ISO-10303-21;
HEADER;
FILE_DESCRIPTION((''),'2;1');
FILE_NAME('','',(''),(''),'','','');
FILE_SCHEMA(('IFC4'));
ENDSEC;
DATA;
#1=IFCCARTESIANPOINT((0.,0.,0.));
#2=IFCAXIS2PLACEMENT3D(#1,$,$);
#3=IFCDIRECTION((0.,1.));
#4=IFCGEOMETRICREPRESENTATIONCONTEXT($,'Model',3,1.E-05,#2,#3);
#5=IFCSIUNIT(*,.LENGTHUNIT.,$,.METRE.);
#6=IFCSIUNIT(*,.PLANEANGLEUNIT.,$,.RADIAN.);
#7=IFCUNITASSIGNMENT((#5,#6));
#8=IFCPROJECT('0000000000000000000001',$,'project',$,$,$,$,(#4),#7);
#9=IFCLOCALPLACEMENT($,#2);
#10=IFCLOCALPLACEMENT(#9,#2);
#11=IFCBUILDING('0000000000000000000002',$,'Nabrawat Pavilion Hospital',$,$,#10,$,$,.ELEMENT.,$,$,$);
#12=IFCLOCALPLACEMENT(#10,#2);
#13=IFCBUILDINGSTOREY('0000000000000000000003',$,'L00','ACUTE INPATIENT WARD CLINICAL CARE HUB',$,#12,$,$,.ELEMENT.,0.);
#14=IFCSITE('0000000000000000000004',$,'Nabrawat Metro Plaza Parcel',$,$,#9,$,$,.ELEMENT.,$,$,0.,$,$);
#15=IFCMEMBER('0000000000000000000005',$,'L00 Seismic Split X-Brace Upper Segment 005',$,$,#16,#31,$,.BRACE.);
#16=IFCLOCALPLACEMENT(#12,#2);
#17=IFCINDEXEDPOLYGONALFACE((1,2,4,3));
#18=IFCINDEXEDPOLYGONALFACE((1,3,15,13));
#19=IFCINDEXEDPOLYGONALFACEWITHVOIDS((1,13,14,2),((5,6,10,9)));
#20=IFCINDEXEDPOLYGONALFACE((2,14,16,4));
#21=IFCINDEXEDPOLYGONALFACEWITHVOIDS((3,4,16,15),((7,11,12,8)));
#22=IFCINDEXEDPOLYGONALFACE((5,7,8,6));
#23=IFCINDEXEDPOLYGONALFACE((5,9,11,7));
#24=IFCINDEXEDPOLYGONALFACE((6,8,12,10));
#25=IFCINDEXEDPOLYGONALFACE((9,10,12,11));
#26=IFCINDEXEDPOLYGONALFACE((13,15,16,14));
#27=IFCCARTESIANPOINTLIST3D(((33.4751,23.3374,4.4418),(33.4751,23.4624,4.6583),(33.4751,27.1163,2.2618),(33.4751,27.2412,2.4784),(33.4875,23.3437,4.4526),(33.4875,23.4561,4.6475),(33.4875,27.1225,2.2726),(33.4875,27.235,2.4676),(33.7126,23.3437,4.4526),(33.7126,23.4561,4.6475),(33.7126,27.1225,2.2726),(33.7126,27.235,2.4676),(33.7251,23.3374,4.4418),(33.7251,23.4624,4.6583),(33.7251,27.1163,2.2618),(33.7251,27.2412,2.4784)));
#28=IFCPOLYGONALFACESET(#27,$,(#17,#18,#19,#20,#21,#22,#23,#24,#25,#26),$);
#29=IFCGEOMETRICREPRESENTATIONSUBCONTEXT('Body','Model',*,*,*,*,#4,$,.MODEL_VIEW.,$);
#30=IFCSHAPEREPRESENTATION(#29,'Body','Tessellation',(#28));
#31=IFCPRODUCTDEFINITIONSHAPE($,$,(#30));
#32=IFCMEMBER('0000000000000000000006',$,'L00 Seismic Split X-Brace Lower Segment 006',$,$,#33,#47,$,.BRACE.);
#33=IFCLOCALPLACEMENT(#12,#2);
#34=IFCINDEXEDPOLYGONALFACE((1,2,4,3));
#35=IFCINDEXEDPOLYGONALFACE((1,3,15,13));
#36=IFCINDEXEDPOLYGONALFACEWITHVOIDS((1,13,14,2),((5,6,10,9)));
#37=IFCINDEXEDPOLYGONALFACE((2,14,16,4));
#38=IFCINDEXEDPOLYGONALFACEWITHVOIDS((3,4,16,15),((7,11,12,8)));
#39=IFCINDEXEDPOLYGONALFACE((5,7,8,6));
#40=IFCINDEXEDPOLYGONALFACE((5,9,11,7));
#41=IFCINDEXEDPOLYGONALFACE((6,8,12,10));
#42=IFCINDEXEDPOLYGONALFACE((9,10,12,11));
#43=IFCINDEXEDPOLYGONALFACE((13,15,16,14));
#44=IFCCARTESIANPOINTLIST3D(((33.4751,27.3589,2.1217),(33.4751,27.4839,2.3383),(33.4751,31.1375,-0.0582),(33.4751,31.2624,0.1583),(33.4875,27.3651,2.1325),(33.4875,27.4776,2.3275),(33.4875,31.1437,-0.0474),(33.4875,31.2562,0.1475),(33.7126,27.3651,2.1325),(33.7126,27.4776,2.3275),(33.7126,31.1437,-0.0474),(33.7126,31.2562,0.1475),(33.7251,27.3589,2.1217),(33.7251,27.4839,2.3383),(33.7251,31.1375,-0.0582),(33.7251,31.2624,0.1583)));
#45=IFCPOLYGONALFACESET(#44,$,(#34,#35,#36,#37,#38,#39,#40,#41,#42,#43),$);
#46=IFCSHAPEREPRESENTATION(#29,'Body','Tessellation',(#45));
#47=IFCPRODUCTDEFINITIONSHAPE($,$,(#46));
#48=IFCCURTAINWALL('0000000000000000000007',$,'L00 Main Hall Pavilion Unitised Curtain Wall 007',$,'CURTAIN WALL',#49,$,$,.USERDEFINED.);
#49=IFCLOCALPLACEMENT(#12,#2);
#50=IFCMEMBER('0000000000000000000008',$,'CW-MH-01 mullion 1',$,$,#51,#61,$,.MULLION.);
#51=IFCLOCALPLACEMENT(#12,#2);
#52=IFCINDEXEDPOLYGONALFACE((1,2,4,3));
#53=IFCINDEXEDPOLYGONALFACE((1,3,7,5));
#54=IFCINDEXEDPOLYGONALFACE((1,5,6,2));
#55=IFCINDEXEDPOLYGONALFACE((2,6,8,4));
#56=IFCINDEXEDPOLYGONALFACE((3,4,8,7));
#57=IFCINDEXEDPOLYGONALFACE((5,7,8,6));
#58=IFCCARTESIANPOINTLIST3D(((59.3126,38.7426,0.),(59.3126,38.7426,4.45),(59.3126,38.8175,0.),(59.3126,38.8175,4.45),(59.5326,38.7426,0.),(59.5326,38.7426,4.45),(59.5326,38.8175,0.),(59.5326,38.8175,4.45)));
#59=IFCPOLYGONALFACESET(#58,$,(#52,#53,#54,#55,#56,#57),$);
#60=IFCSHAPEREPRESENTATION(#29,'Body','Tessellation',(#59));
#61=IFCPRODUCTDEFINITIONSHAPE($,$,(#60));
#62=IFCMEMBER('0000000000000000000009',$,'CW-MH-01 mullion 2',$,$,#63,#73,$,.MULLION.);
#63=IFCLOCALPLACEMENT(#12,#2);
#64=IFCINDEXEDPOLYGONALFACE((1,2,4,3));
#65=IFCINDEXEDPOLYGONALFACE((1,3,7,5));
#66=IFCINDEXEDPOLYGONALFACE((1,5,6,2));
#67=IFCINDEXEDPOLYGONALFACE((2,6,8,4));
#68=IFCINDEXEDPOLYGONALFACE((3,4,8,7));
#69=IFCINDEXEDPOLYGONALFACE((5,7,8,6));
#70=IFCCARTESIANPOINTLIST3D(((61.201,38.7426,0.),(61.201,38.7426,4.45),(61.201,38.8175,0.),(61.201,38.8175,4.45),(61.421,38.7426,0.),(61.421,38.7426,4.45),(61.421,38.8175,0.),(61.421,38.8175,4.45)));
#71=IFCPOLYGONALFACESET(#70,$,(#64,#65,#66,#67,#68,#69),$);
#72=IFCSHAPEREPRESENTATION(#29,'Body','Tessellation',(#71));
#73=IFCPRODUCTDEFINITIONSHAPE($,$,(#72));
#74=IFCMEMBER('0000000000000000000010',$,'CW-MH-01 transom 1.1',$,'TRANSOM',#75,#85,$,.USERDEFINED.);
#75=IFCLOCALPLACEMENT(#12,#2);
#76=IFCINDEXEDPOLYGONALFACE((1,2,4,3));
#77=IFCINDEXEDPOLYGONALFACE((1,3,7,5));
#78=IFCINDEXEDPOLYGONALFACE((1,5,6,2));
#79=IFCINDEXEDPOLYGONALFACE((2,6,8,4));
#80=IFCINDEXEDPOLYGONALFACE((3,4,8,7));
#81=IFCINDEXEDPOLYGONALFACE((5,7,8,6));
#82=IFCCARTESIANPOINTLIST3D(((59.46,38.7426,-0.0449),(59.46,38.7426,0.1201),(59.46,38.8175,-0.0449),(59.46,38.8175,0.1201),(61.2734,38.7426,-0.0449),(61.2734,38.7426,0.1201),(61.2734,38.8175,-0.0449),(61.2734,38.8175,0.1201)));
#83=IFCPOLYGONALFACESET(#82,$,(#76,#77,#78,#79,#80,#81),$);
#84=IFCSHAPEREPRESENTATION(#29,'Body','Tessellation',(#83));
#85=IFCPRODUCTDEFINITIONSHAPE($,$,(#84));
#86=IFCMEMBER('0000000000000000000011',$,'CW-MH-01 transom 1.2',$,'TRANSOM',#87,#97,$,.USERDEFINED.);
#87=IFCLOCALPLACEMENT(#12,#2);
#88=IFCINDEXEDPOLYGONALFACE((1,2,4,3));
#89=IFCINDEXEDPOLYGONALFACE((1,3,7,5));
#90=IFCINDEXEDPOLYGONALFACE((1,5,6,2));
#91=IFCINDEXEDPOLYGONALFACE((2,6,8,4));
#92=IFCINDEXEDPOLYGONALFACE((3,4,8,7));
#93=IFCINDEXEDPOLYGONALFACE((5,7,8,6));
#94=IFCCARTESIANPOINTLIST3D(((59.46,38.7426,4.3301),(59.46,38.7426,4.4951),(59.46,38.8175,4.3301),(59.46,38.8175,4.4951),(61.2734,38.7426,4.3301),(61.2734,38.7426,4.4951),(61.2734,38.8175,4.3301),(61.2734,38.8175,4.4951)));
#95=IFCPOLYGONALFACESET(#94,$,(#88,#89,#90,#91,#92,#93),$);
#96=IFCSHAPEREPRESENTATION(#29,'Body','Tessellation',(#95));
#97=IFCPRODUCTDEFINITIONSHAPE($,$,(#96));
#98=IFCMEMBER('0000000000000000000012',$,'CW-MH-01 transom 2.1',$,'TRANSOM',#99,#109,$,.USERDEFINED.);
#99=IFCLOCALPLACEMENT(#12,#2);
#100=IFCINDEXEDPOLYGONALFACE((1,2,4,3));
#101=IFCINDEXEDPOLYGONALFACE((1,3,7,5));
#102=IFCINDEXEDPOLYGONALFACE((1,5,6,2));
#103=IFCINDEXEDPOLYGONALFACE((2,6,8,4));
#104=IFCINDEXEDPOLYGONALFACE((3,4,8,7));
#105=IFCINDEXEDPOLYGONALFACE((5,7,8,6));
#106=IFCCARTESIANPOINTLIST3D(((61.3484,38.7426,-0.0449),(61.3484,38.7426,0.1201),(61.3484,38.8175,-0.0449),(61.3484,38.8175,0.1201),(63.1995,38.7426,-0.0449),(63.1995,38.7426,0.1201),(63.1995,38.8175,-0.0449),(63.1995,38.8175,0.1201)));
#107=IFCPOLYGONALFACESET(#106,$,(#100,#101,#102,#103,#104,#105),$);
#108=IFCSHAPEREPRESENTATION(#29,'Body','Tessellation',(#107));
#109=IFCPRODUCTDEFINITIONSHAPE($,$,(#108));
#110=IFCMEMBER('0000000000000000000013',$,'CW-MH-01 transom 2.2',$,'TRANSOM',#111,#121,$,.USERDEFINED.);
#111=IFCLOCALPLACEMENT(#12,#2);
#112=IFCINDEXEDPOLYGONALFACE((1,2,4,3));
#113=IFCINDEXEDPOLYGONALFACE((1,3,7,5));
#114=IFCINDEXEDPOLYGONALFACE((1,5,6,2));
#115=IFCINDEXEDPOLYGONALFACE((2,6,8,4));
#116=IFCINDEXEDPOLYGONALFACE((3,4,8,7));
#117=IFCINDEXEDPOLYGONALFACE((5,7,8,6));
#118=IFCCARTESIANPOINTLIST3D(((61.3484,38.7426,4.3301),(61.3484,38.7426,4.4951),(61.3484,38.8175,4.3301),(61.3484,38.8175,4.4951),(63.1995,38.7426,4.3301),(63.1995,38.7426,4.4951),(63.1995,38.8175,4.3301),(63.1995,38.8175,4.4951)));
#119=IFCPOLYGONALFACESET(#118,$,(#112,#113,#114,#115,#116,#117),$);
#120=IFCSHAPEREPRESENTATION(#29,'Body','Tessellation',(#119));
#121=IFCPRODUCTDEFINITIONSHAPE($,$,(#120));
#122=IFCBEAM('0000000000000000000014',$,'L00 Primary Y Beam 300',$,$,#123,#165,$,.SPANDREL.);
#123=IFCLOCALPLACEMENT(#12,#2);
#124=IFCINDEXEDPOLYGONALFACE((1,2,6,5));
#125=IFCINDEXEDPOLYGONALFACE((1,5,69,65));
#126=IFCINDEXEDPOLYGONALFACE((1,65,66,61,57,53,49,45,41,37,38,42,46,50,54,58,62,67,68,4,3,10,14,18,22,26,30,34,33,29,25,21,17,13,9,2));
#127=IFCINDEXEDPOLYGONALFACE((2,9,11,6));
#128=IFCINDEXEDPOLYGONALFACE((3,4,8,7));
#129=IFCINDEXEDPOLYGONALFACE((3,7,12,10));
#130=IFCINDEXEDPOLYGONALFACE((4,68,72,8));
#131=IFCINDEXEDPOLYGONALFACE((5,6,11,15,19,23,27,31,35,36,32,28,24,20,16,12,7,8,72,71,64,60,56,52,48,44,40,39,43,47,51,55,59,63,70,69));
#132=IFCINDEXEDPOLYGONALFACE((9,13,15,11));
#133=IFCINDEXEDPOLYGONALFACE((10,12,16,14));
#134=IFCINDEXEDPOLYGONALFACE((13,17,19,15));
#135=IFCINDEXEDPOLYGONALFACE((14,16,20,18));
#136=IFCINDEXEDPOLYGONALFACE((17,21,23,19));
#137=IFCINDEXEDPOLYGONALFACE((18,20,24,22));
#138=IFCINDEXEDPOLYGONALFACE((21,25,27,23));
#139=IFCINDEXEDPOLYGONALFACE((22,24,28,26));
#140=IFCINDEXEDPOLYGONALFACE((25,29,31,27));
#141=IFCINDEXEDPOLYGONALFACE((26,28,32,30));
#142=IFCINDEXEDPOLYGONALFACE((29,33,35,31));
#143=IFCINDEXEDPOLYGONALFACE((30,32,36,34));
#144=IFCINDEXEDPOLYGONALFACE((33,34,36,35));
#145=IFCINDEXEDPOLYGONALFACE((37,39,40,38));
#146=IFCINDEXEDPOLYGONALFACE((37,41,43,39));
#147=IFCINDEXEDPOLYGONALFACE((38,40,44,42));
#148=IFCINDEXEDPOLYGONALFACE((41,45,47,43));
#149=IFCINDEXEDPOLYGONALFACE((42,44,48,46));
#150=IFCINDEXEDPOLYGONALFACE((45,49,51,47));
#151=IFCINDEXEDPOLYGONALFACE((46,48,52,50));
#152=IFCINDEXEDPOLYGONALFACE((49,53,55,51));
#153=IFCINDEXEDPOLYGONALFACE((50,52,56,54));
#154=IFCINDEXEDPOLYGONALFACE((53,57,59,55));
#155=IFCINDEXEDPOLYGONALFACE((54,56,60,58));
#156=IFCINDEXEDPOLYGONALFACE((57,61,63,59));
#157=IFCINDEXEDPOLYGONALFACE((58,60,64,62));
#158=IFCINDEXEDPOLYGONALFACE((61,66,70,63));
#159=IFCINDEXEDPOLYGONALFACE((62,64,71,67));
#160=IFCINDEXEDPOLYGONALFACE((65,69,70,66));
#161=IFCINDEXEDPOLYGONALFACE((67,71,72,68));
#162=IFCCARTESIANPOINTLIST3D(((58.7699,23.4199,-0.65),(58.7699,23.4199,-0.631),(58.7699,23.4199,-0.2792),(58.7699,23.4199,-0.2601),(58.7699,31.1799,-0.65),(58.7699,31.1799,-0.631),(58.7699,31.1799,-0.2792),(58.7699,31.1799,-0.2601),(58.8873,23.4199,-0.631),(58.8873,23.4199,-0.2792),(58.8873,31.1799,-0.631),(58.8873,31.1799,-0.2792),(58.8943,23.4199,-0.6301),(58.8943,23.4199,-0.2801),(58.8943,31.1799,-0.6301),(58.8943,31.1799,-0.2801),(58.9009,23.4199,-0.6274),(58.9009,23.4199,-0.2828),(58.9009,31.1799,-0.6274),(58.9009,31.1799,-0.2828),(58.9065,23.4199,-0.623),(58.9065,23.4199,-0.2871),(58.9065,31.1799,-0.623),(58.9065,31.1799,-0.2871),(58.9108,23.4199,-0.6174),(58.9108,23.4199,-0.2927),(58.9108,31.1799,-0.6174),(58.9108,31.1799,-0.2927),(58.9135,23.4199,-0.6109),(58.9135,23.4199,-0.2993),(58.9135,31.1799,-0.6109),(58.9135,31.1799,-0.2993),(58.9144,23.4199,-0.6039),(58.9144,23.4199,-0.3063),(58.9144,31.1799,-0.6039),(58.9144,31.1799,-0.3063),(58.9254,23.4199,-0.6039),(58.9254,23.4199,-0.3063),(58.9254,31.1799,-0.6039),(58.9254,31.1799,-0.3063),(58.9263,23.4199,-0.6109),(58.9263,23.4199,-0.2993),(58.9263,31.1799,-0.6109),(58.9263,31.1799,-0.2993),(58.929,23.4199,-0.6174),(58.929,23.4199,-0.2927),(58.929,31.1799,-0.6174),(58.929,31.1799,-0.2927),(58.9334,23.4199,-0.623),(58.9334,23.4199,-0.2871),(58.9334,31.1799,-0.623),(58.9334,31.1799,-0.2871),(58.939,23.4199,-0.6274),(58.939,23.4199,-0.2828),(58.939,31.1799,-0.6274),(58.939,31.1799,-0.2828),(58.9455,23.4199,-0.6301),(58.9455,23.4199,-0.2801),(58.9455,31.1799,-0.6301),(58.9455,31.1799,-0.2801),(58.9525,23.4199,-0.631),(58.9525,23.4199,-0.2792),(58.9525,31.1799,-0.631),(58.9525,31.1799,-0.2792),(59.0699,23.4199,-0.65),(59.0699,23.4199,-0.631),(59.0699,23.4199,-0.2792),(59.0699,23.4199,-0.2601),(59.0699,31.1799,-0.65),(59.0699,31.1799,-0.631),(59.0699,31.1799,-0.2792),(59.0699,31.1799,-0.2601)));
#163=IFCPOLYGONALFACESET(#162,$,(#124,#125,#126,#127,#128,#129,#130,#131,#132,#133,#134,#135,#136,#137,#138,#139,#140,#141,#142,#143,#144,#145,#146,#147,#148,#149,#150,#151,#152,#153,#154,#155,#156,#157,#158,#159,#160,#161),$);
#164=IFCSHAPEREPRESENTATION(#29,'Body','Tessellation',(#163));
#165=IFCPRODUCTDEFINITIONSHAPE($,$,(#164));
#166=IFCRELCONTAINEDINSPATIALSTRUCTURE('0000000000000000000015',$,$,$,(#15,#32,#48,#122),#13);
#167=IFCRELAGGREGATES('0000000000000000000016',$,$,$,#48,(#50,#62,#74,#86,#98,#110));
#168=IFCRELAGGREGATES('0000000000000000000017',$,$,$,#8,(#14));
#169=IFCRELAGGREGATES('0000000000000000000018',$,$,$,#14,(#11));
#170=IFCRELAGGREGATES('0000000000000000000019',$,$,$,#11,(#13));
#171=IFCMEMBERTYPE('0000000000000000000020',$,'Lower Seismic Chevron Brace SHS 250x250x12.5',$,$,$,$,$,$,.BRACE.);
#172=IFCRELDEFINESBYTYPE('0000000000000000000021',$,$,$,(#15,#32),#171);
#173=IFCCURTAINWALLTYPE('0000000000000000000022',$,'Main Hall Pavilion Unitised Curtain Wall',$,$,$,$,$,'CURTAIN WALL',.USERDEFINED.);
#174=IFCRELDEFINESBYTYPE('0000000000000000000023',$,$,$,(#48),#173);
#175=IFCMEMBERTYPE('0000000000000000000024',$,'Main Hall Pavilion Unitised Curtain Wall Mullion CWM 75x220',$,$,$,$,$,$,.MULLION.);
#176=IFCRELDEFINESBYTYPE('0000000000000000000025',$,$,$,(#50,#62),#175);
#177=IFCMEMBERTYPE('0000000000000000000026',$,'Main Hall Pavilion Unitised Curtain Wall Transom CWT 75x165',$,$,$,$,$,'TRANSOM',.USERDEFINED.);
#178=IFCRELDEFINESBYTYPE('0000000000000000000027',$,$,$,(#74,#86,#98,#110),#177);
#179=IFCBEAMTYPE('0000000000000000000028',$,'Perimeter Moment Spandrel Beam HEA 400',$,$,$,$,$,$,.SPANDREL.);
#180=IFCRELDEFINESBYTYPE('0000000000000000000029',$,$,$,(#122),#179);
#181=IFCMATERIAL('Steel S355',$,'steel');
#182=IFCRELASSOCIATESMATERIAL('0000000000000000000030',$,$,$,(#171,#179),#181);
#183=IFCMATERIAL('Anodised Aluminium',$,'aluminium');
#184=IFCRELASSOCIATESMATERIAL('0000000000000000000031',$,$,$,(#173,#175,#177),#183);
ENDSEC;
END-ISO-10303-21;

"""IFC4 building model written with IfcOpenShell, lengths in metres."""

from ifc_helpers import new_model, si_unit, direction, frame, origin, origin_2d, place, context, subcontext, project, spatial, rectangle, hollow_rectangle, i_section, extrude, material, material_profile, profile_set, type_object, element, aggregate, save


model = new_model("IFC4")

# Units and contexts
model_context = context("Model", 3, precision=1e-05, world=origin(), true_north=direction((0.0, 1.0)))
body_context = subcontext(model_context, "Body", "Model", "MODEL_VIEW")
ifc_project = project(units=[si_unit("LENGTHUNIT", "METRE"), si_unit("PLANEANGLEUNIT", "RADIAN")], contexts=[model_context])

# Site, building, storey
site_placement = place(None, origin())
site = spatial("IfcSite", under=ifc_project, at=site_placement, Name="Nabrawat Metro Plaza Parcel", CompositionType="ELEMENT", RefElevation=0.0)
building_placement = place(site_placement, origin())
building = spatial("IfcBuilding", under=site, at=building_placement, Name="Nabrawat Pavilion Hospital", CompositionType="ELEMENT")
storey_placement = place(building_placement, origin())
storey = spatial("IfcBuildingStorey", under=building, at=storey_placement, Name="L00", Description="ACUTE INPATIENT WARD CLINICAL CARE HUB", CompositionType="ELEMENT", Elevation=0.0)

# Shared definitions
ifc_material_1 = material(Name="Steel S355", Category="steel")

# Members
ifc_material_profile_1 = material_profile(ifc_material_1, hollow_rectangle(XDim=0.25, YDim=0.25, WallThickness=0.0125, at=origin_2d()), Name="SHS 250x250x12.5")
ifc_profile_set_1 = profile_set([ifc_material_profile_1], Name="Steel S355")
member_type_1 = type_object("IfcMemberType", Name="Lower Seismic Chevron Brace SHS 250x250x12.5", PredefinedType="BRACE", material=ifc_profile_set_1)
member_1_placement = place(storey_placement, frame((33.6001, 23.3999, 4.55), z_axis=(0.0, 0.8662, -0.499697), x_axis=(-1.0, 0.0, 0.0)))
element("IfcMember", 1, at=member_1_placement, inside=storey, type_object=member_type_1, Name="L00 Seismic Split X-Brace Upper Segment 005", PredefinedType="BRACE", context=body_context, shape_type="SweptSolid", body=[
    extrude(hollow_rectangle(XDim=0.25, YDim=0.25, WallThickness=0.0125, at=origin_2d()), origin(), (0.0, 0.0, 1.0), 4.3625),
])
member_2_placement = place(storey_placement, frame((33.6001, 27.4214, 2.23), z_axis=(0.0, 0.866187, -0.499721), x_axis=(-1.0, 0.0, 0.0)))
element("IfcMember", 2, at=member_2_placement, inside=storey, type_object=member_type_1, Name="L00 Seismic Split X-Brace Lower Segment 006", PredefinedType="BRACE", context=body_context, shape_type="SweptSolid", body=[
    extrude(hollow_rectangle(XDim=0.25, YDim=0.25, WallThickness=0.0125, at=origin_2d()), origin(), (0.0, 0.0, 1.0), 4.3623),
])

# Curtain wall, members
ifc_material_2 = material(Name="Anodised Aluminium", Category="aluminium")
curtain_wall_type = type_object("IfcCurtainWallType", Name="Main Hall Pavilion Unitised Curtain Wall", ElementType="CURTAIN WALL", PredefinedType="USERDEFINED", material=ifc_material_2)
curtain_wall_placement = place(storey_placement, origin())
curtain_wall = element("IfcCurtainWall", 3, at=curtain_wall_placement, inside=storey, type_object=curtain_wall_type, Name="L00 Main Hall Pavilion Unitised Curtain Wall 007", ObjectType="CURTAIN WALL", PredefinedType="USERDEFINED")
ifc_material_profile_2 = material_profile(ifc_material_2, rectangle(XDim=0.075, YDim=0.22, at=origin_2d()), Name="CWM 75x220")
ifc_profile_set_2 = profile_set([ifc_material_profile_2], Name="Anodised Aluminium")
member_type_2 = type_object("IfcMemberType", Name="Main Hall Pavilion Unitised Curtain Wall Mullion CWM 75x220", PredefinedType="MULLION", material=ifc_profile_set_2)
member_3_placement = place(storey_placement, frame((59.4226, 38.78, 0.0), z_axis=(0.0, 0.0, 1.0), x_axis=(0.0, 1.0, 0.0)))
member_3 = element("IfcMember", 4, at=member_3_placement, type_object=member_type_2, Name="CW-MH-01 mullion 1", PredefinedType="MULLION", context=body_context, shape_type="SweptSolid", body=[
    extrude(rectangle(XDim=0.075, YDim=0.22, at=origin_2d()), origin(), (0.0, 0.0, 1.0), 4.45),
])
member_4_placement = place(storey_placement, frame((61.311, 38.78, 0.0), z_axis=(0.0, 0.0, 1.0), x_axis=(0.0, 1.0, 0.0)))
member_4 = element("IfcMember", 5, at=member_4_placement, type_object=member_type_2, Name="CW-MH-01 mullion 2", PredefinedType="MULLION", context=body_context, shape_type="SweptSolid", body=[
    extrude(rectangle(XDim=0.075, YDim=0.22, at=origin_2d()), origin(), (0.0, 0.0, 1.0), 4.45),
])
ifc_material_profile_3 = material_profile(ifc_material_2, rectangle(XDim=0.075, YDim=0.165, at=origin_2d()), Name="CWT 75x165")
ifc_profile_set_3 = profile_set([ifc_material_profile_3], Name="Anodised Aluminium")
member_type_3 = type_object("IfcMemberType", Name="Main Hall Pavilion Unitised Curtain Wall Transom CWT 75x165", ElementType="TRANSOM", PredefinedType="USERDEFINED", material=ifc_profile_set_3)
member_5_placement = place(storey_placement, frame((59.46, 38.78, 0.0376), z_axis=(1.0, 0.0, 0.0), x_axis=(0.0, 1.0, 0.0)))
member_5 = element("IfcMember", 6, at=member_5_placement, type_object=member_type_3, Name="CW-MH-01 transom 1.1", ObjectType="TRANSOM", PredefinedType="USERDEFINED", context=body_context, shape_type="SweptSolid", body=[
    extrude(rectangle(XDim=0.075, YDim=0.165, at=origin_2d()), origin(), (0.0, 0.0, 1.0), 1.8135),
])
member_6_placement = place(storey_placement, frame((59.46, 38.78, 4.4126), z_axis=(1.0, 0.0, 0.0), x_axis=(0.0, 1.0, 0.0)))
member_6 = element("IfcMember", 7, at=member_6_placement, type_object=member_type_3, Name="CW-MH-01 transom 1.2", ObjectType="TRANSOM", PredefinedType="USERDEFINED", context=body_context, shape_type="SweptSolid", body=[
    extrude(rectangle(XDim=0.075, YDim=0.165, at=origin_2d()), origin(), (0.0, 0.0, 1.0), 1.8135),
])
member_7_placement = place(storey_placement, frame((61.3484, 38.78, 0.0376), z_axis=(1.0, 0.0, 0.0), x_axis=(0.0, 1.0, 0.0)))
member_7 = element("IfcMember", 8, at=member_7_placement, type_object=member_type_3, Name="CW-MH-01 transom 2.1", ObjectType="TRANSOM", PredefinedType="USERDEFINED", context=body_context, shape_type="SweptSolid", body=[
    extrude(rectangle(XDim=0.075, YDim=0.165, at=origin_2d()), origin(), (0.0, 0.0, 1.0), 1.8511),
])
member_8_placement = place(storey_placement, frame((61.3484, 38.78, 4.4126), z_axis=(1.0, 0.0, 0.0), x_axis=(0.0, 1.0, 0.0)))
member_8 = element("IfcMember", 9, at=member_8_placement, type_object=member_type_3, Name="CW-MH-01 transom 2.2", ObjectType="TRANSOM", PredefinedType="USERDEFINED", context=body_context, shape_type="SweptSolid", body=[
    extrude(rectangle(XDim=0.075, YDim=0.165, at=origin_2d()), origin(), (0.0, 0.0, 1.0), 1.8511),
])

# Beam
ifc_material_profile_4 = material_profile(ifc_material_1, i_section(OverallWidth=0.3, OverallDepth=0.3899, WebThickness=0.011, FlangeThickness=0.019, FilletRadius=0.0271, at=origin_2d()), Name="HEA 400")
ifc_profile_set_4 = profile_set([ifc_material_profile_4], Name="Steel S355")
beam_type_1 = type_object("IfcBeamType", Name="Perimeter Moment Spandrel Beam HEA 400", PredefinedType="SPANDREL", material=ifc_profile_set_4)
for number, where, z_axis, x_axis, name in (
    (10, (58.9199, 23.4199, -0.4551), (0.0, 1.0, 0.0), (-1.0, 0.0, 0.0), "L00 Primary Y Beam 300"),
):
    element("IfcBeam", number, at=place(storey_placement, frame(where, z_axis=z_axis, x_axis=x_axis)), inside=storey, type_object=beam_type_1, Name=name, PredefinedType="SPANDREL", context=body_context, shape_type="SweptSolid", body=[
        extrude(i_section(OverallWidth=0.3, OverallDepth=0.3899, WebThickness=0.011, FlangeThickness=0.019, FilletRadius=0.0271, at=origin_2d()), origin(), (0.0, 0.0, 1.0), 7.76),
    ])

aggregate(curtain_wall, [member_3, member_4, member_5, member_6, member_7, member_8])

save(model, "model.ifc")
